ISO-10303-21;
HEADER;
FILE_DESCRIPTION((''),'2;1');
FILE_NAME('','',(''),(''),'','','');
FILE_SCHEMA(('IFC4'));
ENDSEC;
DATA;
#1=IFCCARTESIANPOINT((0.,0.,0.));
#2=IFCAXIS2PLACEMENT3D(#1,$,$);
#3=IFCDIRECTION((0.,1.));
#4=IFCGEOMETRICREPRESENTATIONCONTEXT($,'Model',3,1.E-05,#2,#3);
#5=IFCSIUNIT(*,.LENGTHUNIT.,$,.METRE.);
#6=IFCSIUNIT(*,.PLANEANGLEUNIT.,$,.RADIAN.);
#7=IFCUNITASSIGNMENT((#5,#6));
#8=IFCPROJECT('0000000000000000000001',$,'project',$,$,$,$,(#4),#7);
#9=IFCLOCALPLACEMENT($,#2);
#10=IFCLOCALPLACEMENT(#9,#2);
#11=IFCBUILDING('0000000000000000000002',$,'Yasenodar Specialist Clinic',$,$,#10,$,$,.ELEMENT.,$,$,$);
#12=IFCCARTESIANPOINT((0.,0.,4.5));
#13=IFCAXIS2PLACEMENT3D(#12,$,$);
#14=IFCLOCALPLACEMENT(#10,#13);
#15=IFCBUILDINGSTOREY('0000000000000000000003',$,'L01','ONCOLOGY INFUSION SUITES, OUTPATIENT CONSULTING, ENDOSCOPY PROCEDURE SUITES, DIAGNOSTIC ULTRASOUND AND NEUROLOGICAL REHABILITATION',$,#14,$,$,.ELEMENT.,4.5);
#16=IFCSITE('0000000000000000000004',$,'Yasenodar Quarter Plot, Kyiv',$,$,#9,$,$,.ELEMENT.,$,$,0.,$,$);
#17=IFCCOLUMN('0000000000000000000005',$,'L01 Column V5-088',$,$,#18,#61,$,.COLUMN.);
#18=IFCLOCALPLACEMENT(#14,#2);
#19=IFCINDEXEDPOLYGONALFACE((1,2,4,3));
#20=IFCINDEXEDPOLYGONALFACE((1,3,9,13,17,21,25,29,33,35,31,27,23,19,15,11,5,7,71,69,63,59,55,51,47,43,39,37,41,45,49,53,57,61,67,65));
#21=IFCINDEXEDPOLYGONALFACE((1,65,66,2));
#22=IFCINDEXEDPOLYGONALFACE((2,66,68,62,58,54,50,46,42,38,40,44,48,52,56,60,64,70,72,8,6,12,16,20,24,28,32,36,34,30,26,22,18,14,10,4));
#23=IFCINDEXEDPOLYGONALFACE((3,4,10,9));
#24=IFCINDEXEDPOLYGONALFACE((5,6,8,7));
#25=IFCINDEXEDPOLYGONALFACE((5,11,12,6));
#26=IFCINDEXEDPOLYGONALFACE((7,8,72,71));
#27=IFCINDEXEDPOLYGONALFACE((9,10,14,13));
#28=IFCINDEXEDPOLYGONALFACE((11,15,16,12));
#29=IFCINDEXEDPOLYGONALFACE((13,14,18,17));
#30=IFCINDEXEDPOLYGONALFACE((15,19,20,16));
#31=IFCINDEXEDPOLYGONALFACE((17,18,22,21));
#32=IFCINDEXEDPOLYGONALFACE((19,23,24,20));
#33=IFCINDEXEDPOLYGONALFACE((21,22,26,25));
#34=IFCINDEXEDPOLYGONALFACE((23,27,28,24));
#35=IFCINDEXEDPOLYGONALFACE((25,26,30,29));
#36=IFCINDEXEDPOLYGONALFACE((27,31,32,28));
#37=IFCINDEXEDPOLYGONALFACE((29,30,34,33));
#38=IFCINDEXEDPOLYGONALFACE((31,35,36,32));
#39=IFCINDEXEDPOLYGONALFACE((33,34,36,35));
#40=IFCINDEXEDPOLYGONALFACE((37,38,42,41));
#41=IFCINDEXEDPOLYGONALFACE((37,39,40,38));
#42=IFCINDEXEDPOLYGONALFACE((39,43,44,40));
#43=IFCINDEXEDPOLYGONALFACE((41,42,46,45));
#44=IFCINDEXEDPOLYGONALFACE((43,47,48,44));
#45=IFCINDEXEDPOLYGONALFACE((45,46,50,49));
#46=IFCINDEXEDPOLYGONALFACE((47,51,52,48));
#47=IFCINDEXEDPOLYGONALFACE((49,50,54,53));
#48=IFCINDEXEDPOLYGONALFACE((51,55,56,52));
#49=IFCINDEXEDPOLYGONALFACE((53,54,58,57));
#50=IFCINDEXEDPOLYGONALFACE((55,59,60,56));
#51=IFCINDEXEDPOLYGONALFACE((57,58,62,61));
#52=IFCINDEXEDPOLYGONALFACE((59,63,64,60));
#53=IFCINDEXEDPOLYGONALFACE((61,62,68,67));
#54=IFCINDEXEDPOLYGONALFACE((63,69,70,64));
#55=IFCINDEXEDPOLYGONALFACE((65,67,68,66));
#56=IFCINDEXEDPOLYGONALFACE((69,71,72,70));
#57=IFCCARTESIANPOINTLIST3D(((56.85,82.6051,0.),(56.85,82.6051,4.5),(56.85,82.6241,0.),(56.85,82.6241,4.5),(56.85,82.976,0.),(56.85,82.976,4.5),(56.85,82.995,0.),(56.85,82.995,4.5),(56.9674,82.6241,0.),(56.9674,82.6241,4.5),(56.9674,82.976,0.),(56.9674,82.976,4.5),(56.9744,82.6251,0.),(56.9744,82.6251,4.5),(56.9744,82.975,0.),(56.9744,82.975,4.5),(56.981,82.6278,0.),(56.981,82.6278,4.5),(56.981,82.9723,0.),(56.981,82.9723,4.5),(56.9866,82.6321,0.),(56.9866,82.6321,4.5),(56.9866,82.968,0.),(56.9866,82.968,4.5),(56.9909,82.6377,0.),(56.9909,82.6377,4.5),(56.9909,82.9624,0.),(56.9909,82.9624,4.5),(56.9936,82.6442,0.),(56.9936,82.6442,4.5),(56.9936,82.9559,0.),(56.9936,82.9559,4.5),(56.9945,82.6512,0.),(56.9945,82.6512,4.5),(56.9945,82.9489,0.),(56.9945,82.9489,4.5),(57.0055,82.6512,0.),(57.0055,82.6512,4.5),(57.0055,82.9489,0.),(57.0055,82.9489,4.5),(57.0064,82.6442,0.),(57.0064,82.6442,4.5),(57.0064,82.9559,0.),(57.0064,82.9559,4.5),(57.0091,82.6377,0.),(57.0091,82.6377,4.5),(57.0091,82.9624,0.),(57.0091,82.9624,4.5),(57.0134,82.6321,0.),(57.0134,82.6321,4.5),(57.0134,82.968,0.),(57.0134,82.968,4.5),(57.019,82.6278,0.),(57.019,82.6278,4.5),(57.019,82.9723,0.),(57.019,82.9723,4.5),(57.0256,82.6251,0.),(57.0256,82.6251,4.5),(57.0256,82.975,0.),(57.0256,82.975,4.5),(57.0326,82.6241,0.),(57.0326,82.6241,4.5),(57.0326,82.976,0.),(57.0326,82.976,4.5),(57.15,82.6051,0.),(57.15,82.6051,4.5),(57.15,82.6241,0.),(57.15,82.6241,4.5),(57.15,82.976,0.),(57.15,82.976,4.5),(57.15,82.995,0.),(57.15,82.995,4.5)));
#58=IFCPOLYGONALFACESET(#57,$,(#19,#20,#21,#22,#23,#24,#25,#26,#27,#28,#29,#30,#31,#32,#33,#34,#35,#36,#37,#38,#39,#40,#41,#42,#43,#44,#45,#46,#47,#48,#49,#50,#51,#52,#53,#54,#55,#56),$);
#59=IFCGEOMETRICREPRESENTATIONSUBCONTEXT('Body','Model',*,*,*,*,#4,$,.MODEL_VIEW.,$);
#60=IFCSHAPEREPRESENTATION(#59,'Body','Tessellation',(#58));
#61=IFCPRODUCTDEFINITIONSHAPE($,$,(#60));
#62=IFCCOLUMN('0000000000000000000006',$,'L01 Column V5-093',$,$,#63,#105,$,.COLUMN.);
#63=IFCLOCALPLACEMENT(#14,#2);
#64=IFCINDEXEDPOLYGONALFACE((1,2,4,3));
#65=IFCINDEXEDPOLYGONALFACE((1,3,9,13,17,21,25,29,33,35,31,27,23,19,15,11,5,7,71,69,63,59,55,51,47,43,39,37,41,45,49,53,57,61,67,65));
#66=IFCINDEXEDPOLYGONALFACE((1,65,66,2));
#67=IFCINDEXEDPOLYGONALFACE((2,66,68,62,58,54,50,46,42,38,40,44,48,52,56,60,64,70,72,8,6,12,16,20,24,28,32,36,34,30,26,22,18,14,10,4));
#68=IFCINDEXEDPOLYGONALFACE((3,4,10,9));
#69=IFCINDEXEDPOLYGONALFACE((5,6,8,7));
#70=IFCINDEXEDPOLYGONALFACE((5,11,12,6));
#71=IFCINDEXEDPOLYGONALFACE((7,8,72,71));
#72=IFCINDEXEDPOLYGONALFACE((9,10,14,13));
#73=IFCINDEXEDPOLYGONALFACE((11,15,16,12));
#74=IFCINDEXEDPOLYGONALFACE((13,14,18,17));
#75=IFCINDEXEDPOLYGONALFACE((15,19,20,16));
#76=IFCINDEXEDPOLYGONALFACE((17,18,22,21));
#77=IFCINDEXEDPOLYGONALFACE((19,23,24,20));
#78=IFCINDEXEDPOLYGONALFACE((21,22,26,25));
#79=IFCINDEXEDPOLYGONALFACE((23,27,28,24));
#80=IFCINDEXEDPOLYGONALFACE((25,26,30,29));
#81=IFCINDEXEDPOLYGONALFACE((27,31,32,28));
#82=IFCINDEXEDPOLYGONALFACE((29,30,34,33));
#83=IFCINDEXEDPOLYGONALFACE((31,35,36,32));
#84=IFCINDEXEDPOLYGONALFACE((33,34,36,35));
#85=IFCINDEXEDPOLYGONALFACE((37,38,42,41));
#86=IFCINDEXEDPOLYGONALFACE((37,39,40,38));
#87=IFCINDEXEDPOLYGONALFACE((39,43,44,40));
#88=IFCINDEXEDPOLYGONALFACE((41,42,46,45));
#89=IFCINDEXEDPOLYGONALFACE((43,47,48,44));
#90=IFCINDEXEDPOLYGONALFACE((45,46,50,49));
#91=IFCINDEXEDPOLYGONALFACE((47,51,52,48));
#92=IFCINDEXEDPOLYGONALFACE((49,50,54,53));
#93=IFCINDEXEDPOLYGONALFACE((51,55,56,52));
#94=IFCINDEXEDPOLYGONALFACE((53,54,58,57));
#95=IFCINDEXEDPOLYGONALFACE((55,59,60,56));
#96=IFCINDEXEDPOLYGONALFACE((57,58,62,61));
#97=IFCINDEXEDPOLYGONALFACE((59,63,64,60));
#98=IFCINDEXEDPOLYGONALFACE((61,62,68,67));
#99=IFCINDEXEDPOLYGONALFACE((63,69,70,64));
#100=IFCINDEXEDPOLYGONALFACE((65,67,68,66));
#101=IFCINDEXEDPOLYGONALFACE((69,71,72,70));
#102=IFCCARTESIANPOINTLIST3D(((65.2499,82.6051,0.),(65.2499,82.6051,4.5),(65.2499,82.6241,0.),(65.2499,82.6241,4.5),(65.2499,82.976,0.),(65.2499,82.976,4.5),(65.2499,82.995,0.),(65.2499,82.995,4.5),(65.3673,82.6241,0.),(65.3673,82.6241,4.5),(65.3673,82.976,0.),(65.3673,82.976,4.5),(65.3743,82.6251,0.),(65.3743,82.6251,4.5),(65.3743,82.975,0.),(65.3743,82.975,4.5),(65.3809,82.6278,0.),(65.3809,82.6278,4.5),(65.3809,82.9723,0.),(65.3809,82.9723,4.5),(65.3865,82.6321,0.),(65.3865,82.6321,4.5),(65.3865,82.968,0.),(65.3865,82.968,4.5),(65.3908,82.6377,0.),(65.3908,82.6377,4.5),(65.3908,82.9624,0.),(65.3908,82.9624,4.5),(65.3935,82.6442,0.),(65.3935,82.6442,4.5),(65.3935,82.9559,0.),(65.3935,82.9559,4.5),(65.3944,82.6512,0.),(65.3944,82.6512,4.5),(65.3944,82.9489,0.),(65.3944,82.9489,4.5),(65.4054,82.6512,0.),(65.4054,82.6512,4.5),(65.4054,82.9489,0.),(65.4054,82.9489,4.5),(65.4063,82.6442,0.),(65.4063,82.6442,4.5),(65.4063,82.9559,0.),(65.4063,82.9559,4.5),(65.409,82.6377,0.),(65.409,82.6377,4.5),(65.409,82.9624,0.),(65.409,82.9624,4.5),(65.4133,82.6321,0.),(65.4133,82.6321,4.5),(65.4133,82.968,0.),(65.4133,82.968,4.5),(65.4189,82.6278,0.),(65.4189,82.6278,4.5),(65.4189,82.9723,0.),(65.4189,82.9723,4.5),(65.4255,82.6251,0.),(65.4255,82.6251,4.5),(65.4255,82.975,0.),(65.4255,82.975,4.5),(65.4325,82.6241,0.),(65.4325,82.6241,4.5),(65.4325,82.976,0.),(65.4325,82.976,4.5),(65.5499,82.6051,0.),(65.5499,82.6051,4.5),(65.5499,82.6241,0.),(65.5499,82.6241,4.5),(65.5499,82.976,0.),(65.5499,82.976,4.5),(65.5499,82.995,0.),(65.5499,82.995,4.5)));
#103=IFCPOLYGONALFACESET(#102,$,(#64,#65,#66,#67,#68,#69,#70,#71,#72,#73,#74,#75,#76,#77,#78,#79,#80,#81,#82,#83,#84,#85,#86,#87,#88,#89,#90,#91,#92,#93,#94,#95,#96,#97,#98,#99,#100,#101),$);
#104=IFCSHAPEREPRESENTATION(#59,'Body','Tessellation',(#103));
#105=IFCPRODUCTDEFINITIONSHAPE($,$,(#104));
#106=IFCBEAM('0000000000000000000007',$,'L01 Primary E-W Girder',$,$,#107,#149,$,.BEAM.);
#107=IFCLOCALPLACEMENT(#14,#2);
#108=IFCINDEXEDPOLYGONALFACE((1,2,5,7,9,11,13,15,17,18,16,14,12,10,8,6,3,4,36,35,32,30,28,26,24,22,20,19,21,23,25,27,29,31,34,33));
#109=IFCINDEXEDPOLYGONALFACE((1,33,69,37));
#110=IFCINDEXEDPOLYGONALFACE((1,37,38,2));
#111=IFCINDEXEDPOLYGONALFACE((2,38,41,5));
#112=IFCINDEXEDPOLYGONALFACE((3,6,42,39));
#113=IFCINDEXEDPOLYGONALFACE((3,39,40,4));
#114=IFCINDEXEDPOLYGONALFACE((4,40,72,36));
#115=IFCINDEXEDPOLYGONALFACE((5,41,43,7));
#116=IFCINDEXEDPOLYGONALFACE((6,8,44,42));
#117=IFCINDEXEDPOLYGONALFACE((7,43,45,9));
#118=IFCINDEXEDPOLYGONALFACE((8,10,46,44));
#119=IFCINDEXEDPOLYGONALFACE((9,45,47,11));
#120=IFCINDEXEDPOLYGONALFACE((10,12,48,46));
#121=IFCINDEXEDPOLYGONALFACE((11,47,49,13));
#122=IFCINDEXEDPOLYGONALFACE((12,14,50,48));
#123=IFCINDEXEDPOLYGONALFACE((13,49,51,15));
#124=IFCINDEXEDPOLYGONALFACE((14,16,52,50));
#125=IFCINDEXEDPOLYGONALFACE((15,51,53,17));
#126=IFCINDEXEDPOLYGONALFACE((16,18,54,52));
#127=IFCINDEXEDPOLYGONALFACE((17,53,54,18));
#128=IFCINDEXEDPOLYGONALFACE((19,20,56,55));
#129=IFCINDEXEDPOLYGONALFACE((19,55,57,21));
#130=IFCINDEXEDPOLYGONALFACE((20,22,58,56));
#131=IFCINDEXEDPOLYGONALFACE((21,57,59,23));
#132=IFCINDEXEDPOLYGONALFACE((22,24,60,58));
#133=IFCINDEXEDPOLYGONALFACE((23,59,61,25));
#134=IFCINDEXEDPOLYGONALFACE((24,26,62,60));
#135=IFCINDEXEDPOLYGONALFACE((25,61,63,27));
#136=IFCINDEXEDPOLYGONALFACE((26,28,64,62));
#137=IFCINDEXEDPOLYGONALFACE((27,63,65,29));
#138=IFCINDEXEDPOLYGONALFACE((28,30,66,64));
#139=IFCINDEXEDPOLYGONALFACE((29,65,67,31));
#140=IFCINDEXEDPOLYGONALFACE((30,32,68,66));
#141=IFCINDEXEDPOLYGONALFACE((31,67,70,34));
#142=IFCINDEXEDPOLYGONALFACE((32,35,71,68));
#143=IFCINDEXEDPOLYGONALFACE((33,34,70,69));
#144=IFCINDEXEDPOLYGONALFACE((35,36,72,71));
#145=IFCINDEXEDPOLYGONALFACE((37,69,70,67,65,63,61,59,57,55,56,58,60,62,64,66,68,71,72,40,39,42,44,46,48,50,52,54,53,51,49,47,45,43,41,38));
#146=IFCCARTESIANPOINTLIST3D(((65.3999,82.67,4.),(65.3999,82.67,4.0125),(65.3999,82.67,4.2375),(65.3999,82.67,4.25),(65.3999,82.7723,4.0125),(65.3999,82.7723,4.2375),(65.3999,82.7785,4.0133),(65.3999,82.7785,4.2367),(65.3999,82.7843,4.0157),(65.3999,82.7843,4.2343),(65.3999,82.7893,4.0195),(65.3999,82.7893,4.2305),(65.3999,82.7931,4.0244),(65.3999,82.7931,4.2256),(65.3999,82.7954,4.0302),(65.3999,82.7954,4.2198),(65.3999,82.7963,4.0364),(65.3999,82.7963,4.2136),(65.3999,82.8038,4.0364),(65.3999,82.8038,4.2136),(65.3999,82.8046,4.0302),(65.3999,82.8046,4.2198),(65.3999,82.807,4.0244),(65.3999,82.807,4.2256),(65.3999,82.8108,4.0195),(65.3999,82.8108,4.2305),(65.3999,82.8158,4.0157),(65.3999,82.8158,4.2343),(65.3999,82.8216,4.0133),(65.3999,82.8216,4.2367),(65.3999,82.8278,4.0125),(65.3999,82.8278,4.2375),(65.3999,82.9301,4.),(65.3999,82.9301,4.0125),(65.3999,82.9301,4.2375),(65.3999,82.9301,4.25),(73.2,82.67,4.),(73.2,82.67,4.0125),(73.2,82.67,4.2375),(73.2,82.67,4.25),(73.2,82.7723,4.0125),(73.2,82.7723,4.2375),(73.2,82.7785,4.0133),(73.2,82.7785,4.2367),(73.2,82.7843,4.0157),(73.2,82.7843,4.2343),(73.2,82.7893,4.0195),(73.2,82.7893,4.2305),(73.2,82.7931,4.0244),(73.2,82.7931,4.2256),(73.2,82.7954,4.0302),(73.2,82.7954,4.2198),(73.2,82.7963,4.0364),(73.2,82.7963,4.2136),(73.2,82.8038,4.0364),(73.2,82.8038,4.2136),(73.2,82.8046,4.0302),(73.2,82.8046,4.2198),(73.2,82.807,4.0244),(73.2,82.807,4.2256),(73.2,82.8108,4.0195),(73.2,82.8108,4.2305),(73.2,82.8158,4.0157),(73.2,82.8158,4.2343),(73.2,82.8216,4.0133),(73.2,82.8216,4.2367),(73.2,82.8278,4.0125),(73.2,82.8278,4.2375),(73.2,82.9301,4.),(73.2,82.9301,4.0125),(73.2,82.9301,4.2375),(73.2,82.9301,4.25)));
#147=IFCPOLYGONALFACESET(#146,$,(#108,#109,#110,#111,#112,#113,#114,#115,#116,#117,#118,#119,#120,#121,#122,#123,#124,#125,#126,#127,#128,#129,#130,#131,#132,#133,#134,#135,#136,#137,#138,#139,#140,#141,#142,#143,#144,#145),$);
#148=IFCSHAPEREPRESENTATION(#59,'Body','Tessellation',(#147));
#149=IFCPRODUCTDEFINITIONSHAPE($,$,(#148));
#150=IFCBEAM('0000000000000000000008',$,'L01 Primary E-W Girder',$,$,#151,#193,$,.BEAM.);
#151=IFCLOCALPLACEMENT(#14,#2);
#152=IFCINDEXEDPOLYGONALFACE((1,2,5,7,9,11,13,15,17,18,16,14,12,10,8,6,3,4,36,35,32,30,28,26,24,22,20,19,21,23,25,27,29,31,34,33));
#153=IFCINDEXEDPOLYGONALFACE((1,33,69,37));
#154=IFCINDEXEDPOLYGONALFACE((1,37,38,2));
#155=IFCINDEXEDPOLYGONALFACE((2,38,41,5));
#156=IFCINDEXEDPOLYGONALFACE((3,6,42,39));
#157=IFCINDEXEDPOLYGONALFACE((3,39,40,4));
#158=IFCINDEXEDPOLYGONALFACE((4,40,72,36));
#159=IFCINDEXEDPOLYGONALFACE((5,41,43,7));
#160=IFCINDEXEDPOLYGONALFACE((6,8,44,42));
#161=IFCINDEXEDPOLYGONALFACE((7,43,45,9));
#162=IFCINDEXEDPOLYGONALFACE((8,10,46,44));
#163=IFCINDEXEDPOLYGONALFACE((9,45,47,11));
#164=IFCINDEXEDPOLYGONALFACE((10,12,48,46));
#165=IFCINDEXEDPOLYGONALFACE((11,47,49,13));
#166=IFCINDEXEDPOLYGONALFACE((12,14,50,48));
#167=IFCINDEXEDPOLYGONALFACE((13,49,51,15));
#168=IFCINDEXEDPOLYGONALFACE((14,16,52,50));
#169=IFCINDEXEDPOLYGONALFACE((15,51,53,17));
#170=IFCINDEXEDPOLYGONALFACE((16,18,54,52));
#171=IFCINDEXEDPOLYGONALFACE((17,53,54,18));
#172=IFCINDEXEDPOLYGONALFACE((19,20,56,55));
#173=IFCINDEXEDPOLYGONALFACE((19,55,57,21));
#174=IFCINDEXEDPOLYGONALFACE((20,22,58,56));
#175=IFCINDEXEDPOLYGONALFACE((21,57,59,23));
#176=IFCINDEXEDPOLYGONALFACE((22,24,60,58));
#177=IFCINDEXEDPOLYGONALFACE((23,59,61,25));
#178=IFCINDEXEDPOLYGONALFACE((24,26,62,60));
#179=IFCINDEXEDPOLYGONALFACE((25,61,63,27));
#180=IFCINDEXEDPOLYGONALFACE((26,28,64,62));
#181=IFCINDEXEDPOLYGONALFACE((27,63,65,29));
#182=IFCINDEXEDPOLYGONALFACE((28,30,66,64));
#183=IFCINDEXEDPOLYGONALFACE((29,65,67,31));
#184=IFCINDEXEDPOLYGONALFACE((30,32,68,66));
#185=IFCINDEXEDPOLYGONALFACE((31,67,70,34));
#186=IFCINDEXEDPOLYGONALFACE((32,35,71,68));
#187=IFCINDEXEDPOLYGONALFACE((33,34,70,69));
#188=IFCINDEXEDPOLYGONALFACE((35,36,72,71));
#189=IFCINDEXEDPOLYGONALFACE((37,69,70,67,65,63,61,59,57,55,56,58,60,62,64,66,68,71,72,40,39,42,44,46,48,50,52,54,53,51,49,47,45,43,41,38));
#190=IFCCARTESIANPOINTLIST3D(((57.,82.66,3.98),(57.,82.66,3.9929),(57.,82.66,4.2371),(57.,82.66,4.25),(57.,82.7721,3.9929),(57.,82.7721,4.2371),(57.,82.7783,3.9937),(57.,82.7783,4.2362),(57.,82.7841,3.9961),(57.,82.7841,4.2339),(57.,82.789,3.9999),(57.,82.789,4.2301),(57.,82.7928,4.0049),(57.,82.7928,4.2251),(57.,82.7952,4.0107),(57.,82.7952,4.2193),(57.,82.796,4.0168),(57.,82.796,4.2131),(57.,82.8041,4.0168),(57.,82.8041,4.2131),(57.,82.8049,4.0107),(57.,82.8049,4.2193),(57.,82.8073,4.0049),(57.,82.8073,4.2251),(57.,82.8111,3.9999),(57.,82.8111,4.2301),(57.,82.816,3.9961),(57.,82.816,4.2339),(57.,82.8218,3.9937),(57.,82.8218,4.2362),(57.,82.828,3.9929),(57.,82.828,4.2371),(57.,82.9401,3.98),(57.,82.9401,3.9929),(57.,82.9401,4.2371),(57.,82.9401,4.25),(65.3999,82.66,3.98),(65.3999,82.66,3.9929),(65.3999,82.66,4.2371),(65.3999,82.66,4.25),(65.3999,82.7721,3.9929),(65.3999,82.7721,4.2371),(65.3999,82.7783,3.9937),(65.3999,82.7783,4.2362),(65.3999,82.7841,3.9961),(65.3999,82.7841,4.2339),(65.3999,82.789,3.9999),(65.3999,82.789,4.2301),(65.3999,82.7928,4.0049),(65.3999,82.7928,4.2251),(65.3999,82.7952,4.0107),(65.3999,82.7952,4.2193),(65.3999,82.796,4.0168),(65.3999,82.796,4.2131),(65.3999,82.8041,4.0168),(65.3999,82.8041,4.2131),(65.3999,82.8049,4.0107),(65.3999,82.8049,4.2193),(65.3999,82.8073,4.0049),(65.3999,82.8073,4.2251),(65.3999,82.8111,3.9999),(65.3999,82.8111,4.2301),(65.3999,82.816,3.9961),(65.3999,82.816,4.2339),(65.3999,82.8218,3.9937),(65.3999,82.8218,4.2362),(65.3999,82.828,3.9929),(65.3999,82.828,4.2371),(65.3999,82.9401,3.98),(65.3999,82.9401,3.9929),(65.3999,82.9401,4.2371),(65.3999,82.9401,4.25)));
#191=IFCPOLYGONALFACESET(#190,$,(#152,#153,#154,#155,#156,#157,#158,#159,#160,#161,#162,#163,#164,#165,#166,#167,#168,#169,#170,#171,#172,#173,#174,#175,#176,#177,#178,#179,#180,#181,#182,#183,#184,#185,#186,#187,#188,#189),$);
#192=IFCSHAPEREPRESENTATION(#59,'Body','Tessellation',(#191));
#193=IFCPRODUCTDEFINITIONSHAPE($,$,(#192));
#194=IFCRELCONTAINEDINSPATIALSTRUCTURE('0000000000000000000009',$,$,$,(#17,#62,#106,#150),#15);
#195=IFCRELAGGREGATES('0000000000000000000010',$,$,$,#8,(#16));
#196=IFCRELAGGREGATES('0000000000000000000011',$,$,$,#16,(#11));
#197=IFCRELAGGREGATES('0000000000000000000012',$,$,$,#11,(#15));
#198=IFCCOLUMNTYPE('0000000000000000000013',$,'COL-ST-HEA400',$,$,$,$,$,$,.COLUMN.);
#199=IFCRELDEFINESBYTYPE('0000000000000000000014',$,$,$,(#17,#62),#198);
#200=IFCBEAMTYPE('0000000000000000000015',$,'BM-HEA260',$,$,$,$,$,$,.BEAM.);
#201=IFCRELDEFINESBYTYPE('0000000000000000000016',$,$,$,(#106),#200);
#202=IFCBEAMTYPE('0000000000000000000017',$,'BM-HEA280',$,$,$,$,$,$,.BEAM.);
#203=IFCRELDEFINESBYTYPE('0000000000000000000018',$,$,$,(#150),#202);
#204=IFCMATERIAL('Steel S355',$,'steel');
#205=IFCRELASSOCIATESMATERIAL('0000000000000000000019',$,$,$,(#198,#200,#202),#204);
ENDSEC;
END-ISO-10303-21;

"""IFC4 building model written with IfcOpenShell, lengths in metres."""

from ifc_helpers import new_model, si_unit, direction, frame, origin, origin_2d, place, context, subcontext, project, spatial, i_section, extrude, material, material_profile, profile_set, type_object, element, save


model = new_model("IFC4")

# Units and contexts
model_context = context("Model", 3, precision=1e-05, world=origin(), true_north=direction((0.0, 1.0)))
body_context = subcontext(model_context, "Body", "Model", "MODEL_VIEW")
ifc_project = project(units=[si_unit("LENGTHUNIT", "METRE"), si_unit("PLANEANGLEUNIT", "RADIAN")], contexts=[model_context])

# Site, building, storey
site_placement = place(None, origin())
site = spatial("IfcSite", under=ifc_project, at=site_placement, Name="Yasenodar Quarter Plot, Kyiv", CompositionType="ELEMENT", RefElevation=0.0)
building_placement = place(site_placement, origin())
building = spatial("IfcBuilding", under=site, at=building_placement, Name="Yasenodar Specialist Clinic", CompositionType="ELEMENT")
storey_placement = place(building_placement, frame((0.0, 0.0, 4.5)))
storey = spatial("IfcBuildingStorey", under=building, at=storey_placement, Name="L01", Description="ONCOLOGY INFUSION SUITES, OUTPATIENT CONSULTING, ENDOSCOPY PROCEDURE SUITES, DIAGNOSTIC ULTRASOUND AND NEUROLOGICAL REHABILITATION", CompositionType="ELEMENT", Elevation=4.5)

# Columns
ifc_material_1 = material(Name="Steel S355", Category="steel")
ifc_material_profile_1 = material_profile(ifc_material_1, i_section(OverallWidth=0.3, OverallDepth=0.3899, WebThickness=0.011, FlangeThickness=0.019, FilletRadius=0.0271, at=origin_2d()), Name="HEA 400")
ifc_profile_set_1 = profile_set([ifc_material_profile_1], Name="Steel S355")
column_type = type_object("IfcColumnType", Name="COL-ST-HEA400", PredefinedType="COLUMN", material=ifc_profile_set_1)
for number, where, z_axis, x_axis, name in (
    (1, (57.0, 82.8, 0.0), (0.0, 0.0, 1.0), (1.0, 0.0, 0.0), "L01 Column V5-088"),
    (2, (65.3999, 82.8, 0.0), (0.0, 0.0, 1.0), (1.0, 0.0, 0.0), "L01 Column V5-093"),
):
    element("IfcColumn", number, at=place(storey_placement, frame(where, z_axis=z_axis, x_axis=x_axis)), inside=storey, type_object=column_type, Name=name, PredefinedType="COLUMN", context=body_context, shape_type="SweptSolid", body=[
        extrude(i_section(OverallWidth=0.3, OverallDepth=0.3899, WebThickness=0.011, FlangeThickness=0.019, FilletRadius=0.0271, at=origin_2d()), origin(), (0.0, 0.0, 1.0), 4.5),
    ])

# Beams
ifc_material_profile_2 = material_profile(ifc_material_1, i_section(OverallWidth=0.26, OverallDepth=0.25, WebThickness=0.0076, FlangeThickness=0.0125, FilletRadius=0.0239, at=origin_2d()), Name="HEA 260")
ifc_profile_set_2 = profile_set([ifc_material_profile_2], Name="Steel S355")
beam_type_1 = type_object("IfcBeamType", Name="BM-HEA260", PredefinedType="BEAM", material=ifc_profile_set_2)
beam_1_placement = place(storey_placement, frame((65.3999, 82.8, 4.125), z_axis=(1.0, 0.0, 0.0), x_axis=(0.0, 1.0, 0.0)))
element("IfcBeam", 3, at=beam_1_placement, inside=storey, type_object=beam_type_1, Name="L01 Primary E-W Girder", PredefinedType="BEAM", context=body_context, shape_type="SweptSolid", body=[
    extrude(i_section(OverallWidth=0.26, OverallDepth=0.25, WebThickness=0.0076, FlangeThickness=0.0125, FilletRadius=0.0239, at=origin_2d()), origin(), (0.0, 0.0, 1.0), 7.8),
])
ifc_material_profile_3 = material_profile(ifc_material_1, i_section(OverallWidth=0.28, OverallDepth=0.27, WebThickness=0.0081, FlangeThickness=0.0129, FilletRadius=0.0239, at=origin_2d()), Name="HEA 280")
ifc_profile_set_3 = profile_set([ifc_material_profile_3], Name="Steel S355")
beam_type_2 = type_object("IfcBeamType", Name="BM-HEA280", PredefinedType="BEAM", material=ifc_profile_set_3)
beam_2_placement = place(storey_placement, frame((57.0, 82.8, 4.115), z_axis=(1.0, 0.0, 0.0), x_axis=(0.0, 1.0, 0.0)))
element("IfcBeam", 4, at=beam_2_placement, inside=storey, type_object=beam_type_2, Name="L01 Primary E-W Girder", PredefinedType="BEAM", context=body_context, shape_type="SweptSolid", body=[
    extrude(i_section(OverallWidth=0.28, OverallDepth=0.27, WebThickness=0.0081, FlangeThickness=0.0129, FilletRadius=0.0239, at=origin_2d()), origin(), (0.0, 0.0, 1.0), 8.3999),
])

save(model, "model.ifc")
